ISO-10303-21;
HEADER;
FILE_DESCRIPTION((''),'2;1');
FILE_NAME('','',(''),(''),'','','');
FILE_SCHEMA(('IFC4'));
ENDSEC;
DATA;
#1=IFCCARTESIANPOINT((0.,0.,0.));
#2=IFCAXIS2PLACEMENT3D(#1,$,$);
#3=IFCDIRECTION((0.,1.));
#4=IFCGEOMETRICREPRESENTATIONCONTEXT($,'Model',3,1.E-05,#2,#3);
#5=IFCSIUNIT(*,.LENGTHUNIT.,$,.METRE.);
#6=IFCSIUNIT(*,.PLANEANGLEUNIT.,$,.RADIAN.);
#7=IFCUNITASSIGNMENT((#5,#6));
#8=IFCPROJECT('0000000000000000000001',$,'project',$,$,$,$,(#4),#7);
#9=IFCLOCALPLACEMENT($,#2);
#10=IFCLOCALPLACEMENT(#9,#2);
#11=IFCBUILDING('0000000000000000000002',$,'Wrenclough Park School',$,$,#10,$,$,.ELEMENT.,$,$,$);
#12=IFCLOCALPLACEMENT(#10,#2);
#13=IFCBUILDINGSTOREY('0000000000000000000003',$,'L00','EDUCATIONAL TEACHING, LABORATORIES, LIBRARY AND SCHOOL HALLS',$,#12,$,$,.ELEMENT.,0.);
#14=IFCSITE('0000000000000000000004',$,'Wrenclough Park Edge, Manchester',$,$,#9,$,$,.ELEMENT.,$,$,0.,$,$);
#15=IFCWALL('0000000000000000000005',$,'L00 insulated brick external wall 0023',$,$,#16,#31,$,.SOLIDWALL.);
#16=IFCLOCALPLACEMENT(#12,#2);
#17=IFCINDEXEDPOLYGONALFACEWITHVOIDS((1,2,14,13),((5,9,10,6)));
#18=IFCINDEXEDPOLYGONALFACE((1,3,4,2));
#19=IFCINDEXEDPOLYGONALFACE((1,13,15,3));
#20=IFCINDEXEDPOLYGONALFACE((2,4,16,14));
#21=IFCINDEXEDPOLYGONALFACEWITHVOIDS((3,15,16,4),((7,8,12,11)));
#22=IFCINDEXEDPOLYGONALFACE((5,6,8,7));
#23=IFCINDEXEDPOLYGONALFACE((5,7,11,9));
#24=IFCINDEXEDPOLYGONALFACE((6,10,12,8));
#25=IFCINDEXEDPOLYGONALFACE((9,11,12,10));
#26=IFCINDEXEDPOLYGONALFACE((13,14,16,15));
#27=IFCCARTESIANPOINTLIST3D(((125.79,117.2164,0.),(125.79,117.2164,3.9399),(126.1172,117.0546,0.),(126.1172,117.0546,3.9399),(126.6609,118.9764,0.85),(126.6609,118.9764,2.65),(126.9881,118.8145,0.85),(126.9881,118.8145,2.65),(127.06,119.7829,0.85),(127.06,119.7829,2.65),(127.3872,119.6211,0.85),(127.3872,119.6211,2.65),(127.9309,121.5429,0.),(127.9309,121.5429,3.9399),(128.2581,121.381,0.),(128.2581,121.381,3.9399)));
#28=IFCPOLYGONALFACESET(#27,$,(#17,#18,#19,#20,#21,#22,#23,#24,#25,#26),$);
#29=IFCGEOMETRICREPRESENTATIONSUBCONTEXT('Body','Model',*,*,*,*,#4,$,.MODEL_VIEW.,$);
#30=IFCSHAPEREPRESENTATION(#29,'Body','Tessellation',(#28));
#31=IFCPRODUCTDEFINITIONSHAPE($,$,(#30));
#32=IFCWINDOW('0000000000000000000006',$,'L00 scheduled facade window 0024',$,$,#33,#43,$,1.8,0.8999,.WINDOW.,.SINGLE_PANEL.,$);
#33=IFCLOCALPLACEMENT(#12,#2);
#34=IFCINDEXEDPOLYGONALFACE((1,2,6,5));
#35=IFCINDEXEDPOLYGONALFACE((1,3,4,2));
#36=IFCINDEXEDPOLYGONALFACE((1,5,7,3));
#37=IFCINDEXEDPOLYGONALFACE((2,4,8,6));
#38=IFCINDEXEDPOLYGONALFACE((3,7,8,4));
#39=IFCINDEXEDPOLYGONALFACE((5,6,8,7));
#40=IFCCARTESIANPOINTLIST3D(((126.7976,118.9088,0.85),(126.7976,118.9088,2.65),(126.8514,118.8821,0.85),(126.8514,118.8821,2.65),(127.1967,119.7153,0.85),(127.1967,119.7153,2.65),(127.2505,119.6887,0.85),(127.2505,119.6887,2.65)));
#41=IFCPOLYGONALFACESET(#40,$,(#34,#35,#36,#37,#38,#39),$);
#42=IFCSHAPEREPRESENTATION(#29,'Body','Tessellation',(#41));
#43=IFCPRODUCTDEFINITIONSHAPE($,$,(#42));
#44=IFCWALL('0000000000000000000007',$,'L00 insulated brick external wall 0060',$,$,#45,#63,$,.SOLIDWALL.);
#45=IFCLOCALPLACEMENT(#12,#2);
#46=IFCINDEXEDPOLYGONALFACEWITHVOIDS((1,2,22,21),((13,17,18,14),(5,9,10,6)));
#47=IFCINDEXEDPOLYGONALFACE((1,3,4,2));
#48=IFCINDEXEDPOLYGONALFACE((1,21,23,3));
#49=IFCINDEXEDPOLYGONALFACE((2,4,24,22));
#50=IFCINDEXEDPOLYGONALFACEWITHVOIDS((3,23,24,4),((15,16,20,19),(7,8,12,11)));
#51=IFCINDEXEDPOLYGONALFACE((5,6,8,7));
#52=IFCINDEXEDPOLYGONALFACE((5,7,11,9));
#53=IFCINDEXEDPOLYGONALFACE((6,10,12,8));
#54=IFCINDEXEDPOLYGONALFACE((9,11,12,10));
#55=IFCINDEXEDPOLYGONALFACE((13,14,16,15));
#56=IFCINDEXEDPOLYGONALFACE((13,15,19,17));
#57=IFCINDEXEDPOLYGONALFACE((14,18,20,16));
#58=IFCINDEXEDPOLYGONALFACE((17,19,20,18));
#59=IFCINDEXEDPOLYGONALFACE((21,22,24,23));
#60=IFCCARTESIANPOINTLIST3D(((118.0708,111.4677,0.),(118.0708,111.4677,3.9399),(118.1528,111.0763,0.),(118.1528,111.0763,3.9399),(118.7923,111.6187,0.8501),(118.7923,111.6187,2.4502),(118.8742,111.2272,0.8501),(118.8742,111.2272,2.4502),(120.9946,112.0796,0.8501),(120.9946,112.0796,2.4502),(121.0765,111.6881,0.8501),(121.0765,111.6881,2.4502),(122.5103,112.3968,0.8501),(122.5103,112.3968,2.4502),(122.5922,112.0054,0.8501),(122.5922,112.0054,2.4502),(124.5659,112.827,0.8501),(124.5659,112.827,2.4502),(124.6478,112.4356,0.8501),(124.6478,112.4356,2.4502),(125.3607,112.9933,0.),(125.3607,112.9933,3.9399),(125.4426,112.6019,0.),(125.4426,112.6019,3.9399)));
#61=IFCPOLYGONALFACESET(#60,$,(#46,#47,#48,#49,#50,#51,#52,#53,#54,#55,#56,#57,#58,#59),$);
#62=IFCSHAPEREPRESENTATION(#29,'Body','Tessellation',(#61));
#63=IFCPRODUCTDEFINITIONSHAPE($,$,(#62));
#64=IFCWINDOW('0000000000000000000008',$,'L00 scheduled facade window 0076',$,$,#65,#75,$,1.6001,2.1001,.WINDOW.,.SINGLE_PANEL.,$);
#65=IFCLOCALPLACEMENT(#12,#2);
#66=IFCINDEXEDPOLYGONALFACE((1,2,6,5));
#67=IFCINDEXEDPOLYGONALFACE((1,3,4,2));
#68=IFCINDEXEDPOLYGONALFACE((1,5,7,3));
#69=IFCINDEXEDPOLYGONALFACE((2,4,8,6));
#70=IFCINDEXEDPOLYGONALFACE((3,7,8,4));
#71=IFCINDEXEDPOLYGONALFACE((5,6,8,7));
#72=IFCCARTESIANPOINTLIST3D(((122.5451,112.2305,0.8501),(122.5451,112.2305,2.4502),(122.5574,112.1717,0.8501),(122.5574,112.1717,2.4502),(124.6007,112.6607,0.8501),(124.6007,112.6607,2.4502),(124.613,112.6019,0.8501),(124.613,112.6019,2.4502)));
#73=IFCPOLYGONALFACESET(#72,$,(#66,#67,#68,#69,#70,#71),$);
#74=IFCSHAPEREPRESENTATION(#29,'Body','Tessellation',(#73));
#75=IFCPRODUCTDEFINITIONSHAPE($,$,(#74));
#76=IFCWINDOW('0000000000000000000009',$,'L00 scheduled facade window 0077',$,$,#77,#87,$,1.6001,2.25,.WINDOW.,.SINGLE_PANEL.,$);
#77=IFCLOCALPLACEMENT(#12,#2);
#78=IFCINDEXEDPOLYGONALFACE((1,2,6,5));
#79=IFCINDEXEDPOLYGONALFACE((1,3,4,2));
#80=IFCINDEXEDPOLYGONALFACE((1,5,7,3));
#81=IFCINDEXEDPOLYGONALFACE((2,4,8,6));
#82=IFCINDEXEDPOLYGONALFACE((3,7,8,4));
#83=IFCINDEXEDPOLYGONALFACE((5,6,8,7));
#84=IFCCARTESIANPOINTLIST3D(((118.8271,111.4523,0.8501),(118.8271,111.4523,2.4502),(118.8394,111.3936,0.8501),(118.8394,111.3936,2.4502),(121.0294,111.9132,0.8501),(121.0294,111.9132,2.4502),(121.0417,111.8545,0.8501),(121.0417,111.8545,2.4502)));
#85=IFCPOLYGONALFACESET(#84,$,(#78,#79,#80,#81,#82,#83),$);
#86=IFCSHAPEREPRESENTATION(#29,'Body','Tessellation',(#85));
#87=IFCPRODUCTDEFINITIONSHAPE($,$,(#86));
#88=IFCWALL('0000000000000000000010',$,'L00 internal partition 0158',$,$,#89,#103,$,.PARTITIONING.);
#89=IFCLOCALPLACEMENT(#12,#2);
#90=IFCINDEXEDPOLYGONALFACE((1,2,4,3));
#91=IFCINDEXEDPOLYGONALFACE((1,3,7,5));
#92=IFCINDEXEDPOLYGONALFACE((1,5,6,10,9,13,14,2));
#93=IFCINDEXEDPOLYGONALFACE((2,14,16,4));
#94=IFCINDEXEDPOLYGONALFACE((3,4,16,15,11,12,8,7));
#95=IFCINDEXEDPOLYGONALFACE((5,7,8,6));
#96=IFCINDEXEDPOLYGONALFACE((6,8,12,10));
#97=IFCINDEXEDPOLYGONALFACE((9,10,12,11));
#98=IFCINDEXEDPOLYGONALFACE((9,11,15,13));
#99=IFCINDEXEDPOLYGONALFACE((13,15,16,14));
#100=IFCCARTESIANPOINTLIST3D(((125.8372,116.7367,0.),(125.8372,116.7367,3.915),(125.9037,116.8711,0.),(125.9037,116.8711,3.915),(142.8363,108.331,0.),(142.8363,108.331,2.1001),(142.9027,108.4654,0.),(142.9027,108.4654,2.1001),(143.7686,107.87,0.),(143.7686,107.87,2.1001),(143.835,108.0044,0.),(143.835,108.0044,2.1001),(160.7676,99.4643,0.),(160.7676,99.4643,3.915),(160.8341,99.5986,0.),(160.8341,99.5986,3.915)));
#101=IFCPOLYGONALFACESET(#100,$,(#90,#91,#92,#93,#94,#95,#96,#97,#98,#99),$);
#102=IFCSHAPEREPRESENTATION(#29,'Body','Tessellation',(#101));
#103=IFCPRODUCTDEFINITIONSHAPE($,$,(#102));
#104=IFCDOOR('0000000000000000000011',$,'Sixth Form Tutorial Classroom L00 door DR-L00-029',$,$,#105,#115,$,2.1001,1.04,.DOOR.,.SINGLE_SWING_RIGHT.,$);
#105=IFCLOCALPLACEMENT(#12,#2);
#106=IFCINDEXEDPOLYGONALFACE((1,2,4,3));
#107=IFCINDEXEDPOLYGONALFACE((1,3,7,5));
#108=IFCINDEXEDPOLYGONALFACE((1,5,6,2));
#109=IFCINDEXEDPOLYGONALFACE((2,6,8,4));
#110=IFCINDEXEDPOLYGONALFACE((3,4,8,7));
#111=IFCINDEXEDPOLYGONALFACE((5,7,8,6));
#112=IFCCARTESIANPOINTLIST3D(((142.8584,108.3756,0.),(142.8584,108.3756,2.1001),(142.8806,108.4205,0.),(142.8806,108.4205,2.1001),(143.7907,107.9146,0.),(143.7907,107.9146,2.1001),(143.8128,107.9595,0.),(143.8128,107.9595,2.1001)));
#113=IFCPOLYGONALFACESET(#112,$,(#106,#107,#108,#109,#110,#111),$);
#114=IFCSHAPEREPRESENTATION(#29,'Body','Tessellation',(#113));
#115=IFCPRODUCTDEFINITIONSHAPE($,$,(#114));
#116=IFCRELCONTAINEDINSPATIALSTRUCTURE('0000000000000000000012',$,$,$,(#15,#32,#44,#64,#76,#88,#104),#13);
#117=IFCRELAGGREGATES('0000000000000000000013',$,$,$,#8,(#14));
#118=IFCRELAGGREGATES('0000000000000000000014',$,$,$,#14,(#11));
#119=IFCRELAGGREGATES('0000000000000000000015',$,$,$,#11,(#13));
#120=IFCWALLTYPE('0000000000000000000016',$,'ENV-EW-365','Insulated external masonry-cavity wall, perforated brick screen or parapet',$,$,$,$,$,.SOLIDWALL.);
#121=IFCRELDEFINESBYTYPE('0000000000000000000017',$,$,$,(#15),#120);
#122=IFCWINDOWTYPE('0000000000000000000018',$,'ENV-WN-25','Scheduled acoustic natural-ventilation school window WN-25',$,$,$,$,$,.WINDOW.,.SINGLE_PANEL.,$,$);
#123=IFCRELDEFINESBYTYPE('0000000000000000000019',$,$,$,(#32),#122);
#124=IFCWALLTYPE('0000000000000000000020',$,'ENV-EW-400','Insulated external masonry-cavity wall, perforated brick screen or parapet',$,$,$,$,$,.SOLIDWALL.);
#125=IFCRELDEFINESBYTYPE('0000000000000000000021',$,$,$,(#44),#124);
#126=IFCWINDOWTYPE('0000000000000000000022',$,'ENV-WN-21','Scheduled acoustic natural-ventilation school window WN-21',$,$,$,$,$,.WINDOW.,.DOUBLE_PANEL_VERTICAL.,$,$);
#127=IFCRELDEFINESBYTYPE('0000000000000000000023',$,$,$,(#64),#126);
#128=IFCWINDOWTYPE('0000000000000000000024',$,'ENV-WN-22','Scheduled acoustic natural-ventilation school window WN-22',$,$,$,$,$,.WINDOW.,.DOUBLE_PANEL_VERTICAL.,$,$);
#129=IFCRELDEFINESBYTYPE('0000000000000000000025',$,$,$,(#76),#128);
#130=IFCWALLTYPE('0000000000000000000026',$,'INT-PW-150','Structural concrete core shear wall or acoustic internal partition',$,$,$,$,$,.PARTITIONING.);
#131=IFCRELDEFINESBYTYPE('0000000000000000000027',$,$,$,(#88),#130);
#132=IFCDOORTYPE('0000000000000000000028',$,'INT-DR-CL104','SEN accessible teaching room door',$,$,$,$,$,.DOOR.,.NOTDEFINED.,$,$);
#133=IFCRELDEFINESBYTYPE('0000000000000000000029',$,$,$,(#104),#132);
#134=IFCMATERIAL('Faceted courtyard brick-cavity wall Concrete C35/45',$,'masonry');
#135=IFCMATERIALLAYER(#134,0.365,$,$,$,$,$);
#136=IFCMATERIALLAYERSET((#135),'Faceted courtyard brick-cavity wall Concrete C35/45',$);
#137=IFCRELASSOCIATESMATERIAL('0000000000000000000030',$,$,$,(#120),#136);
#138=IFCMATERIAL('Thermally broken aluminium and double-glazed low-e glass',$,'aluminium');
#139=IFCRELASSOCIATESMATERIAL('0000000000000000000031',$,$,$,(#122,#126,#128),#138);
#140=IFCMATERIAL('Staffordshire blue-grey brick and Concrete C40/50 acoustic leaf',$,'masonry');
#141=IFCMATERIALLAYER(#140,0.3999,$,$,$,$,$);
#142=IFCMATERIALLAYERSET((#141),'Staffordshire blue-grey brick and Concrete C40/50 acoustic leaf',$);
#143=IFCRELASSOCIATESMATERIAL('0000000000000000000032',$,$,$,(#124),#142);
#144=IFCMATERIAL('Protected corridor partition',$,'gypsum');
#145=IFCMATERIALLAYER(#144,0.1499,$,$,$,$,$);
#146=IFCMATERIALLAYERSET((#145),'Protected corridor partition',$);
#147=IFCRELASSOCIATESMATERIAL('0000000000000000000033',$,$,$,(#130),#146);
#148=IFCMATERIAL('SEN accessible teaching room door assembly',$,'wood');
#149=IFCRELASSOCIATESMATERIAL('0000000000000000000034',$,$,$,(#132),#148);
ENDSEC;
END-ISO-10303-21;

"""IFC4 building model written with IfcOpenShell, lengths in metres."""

from ifc_helpers import new_model, si_unit, direction, frame, frame_2d, origin, place, context, subcontext, project, spatial, rectangle, extrude, material, layer, layer_set, type_object, element, fill, save


model = new_model("IFC4")

# Units and contexts
model_context = context("Model", 3, precision=1e-05, world=origin(), true_north=direction((0.0, 1.0)))
body_context = subcontext(model_context, "Body", "Model", "MODEL_VIEW")
ifc_project = project(units=[si_unit("LENGTHUNIT", "METRE"), si_unit("PLANEANGLEUNIT", "RADIAN")], contexts=[model_context])

# Site, building, storey
site_placement = place(None, origin())
site = spatial("IfcSite", under=ifc_project, at=site_placement, Name="Wrenclough Park Edge, Manchester", CompositionType="ELEMENT", RefElevation=0.0)
building_placement = place(site_placement, origin())
building = spatial("IfcBuilding", under=site, at=building_placement, Name="Wrenclough Park School", CompositionType="ELEMENT")
storey_placement = place(building_placement, origin())
storey = spatial("IfcBuildingStorey", under=building, at=storey_placement, Name="L00", Description="EDUCATIONAL TEACHING, LABORATORIES, LIBRARY AND SCHOOL HALLS", CompositionType="ELEMENT", Elevation=0.0)

# Wall, opening, window
ifc_material_1 = material(Name="Faceted courtyard brick-cavity wall Concrete C35/45", Category="masonry")
ifc_layer_1 = layer(ifc_material_1, 0.365)
ifc_layer_set_1 = layer_set([ifc_layer_1], Name="Faceted courtyard brick-cavity wall Concrete C35/45")
wall_type_1 = type_object("IfcWallType", Name="ENV-EW-365", Description="Insulated external masonry-cavity wall, perforated brick screen or parapet", PredefinedType="SOLIDWALL", material=ifc_layer_set_1)
wall_1_placement = place(storey_placement, frame((125.9536, 117.1355, 0.0), z_axis=(0.0, 0.0, 1.0), x_axis=(0.443508, 0.896271, 0.0)))
wall_1 = element("IfcWall", 1, at=wall_1_placement, inside=storey, type_object=wall_type_1, Name="L00 insulated brick external wall 0023", PredefinedType="SOLIDWALL", context=body_context, shape_type="SweptSolid", body=[
    extrude(rectangle(XDim=4.8271, YDim=0.365, at=frame_2d((2.4136, 0.0))), origin(), (0.0, 0.0, 1.0), 3.9399),
])
opening_1_placement = place(wall_1_placement, frame((1.9636, 0.0, 0.8501)))
opening_1 = element("IfcOpeningElement", 2, at=opening_1_placement, cuts=wall_1, PredefinedType="OPENING", context=body_context, shape_type="SweptSolid", body=[
    extrude(rectangle(XDim=0.8999, YDim=1.8, at=frame_2d((0.45, 0.8999))), frame((0.0, 0.1924, 0.0), z_axis=(0.0, -1.0, 0.0), x_axis=(1.0, 0.0, 0.0)), (0.0, 0.0, 1.0), 0.385),
])
ifc_material_2 = material(Name="Thermally broken aluminium and double-glazed low-e glass", Category="aluminium")
window_type_1 = type_object("IfcWindowType", Name="ENV-WN-25", Description="Scheduled acoustic natural-ventilation school window WN-25", PartitioningType="SINGLE_PANEL", PredefinedType="WINDOW", material=ifc_material_2)
window_1_placement = place(opening_1_placement, origin())
window_1 = element("IfcWindow", 3, at=window_1_placement, inside=storey, type_object=window_type_1, Name="L00 scheduled facade window 0024", OverallHeight=1.8, OverallWidth=0.8999, PartitioningType="SINGLE_PANEL", PredefinedType="WINDOW", context=body_context, shape_type="SweptSolid", body=[
    extrude(rectangle(XDim=0.8999, YDim=1.8, at=frame_2d((0.45, 0.8999))), frame((0.0, 0.03, 0.0), z_axis=(0.0, -1.0, 0.0), x_axis=(1.0, 0.0, 0.0)), (0.0, 0.0, 1.0), 0.0601),
])
fill(opening_1, window_1)

# Wall, openings, windows
ifc_material_3 = material(Name="Staffordshire blue-grey brick and Concrete C40/50 acoustic leaf", Category="masonry")
ifc_layer_2 = layer(ifc_material_3, 0.3999)
ifc_layer_set_2 = layer_set([ifc_layer_2], Name="Staffordshire blue-grey brick and Concrete C40/50 acoustic leaf")
wall_type_2 = type_object("IfcWallType", Name="ENV-EW-400", Description="Insulated external masonry-cavity wall, perforated brick screen or parapet", PredefinedType="SOLIDWALL", material=ifc_layer_set_2)
wall_2_placement = place(storey_placement, frame((125.4016, 112.7976, 0.0), z_axis=(0.0, 0.0, 1.0), x_axis=(-0.978794, -0.204846, 0.0)))
wall_2 = element("IfcWall", 4, at=wall_2_placement, inside=storey, type_object=wall_type_2, Name="L00 insulated brick external wall 0060", PredefinedType="SOLIDWALL", context=body_context, shape_type="SweptSolid", body=[
    extrude(rectangle(XDim=7.4478, YDim=0.3999, at=frame_2d((3.7239, 0.0))), origin(), (0.0, 0.0, 1.0), 3.9399),
])
opening_2_placement = place(wall_2_placement, frame((0.812, 0.0, 0.8501)))
opening_2 = element("IfcOpeningElement", 5, at=opening_2_placement, cuts=wall_2, PredefinedType="OPENING", context=body_context, shape_type="SweptSolid", body=[
    extrude(rectangle(XDim=2.1001, YDim=1.6001, at=frame_2d((1.05, 0.8))), frame((0.0, 0.21, 0.0), z_axis=(0.0, -1.0, 0.0), x_axis=(1.0, 0.0, 0.0)), (0.0, 0.0, 1.0), 0.4199),
])
opening_3_placement = place(wall_2_placement, frame((4.4607, 0.0, 0.8501)))
opening_3 = element("IfcOpeningElement", 6, at=opening_3_placement, cuts=wall_2, PredefinedType="OPENING", context=body_context, shape_type="SweptSolid", body=[
    extrude(rectangle(XDim=2.25, YDim=1.6001, at=frame_2d((1.125, 0.8))), frame((0.0, 0.21, 0.0), z_axis=(0.0, -1.0, 0.0), x_axis=(1.0, 0.0, 0.0)), (0.0, 0.0, 1.0), 0.4199),
])
window_type_2 = type_object("IfcWindowType", Name="ENV-WN-21", Description="Scheduled acoustic natural-ventilation school window WN-21", PartitioningType="DOUBLE_PANEL_VERTICAL", PredefinedType="WINDOW", material=ifc_material_2)
window_2_placement = place(opening_2_placement, origin())
window_2 = element("IfcWindow", 7, at=window_2_placement, inside=storey, type_object=window_type_2, Name="L00 scheduled facade window 0076", OverallHeight=1.6001, OverallWidth=2.1001, PartitioningType="SINGLE_PANEL", PredefinedType="WINDOW", context=body_context, shape_type="SweptSolid", body=[
    extrude(rectangle(XDim=2.1001, YDim=1.6001, at=frame_2d((1.05, 0.8))), frame((0.0, 0.03, 0.0), z_axis=(0.0, -1.0, 0.0), x_axis=(1.0, 0.0, 0.0)), (0.0, 0.0, 1.0), 0.0601),
])
fill(opening_2, window_2)
window_type_3 = type_object("IfcWindowType", Name="ENV-WN-22", Description="Scheduled acoustic natural-ventilation school window WN-22", PartitioningType="DOUBLE_PANEL_VERTICAL", PredefinedType="WINDOW", material=ifc_material_2)
window_3_placement = place(opening_3_placement, origin())
window_3 = element("IfcWindow", 8, at=window_3_placement, inside=storey, type_object=window_type_3, Name="L00 scheduled facade window 0077", OverallHeight=1.6001, OverallWidth=2.25, PartitioningType="SINGLE_PANEL", PredefinedType="WINDOW", context=body_context, shape_type="SweptSolid", body=[
    extrude(rectangle(XDim=2.25, YDim=1.6001, at=frame_2d((1.125, 0.8))), frame((0.0, 0.03, 0.0), z_axis=(0.0, -1.0, 0.0), x_axis=(1.0, 0.0, 0.0)), (0.0, 0.0, 1.0), 0.0601),
])
fill(opening_3, window_3)

# Wall, opening, door
ifc_material_4 = material(Name="Protected corridor partition", Category="gypsum")
ifc_layer_3 = layer(ifc_material_4, 0.1499)
ifc_layer_set_3 = layer_set([ifc_layer_3], Name="Protected corridor partition")
wall_type_3 = type_object("IfcWallType", Name="INT-PW-150", Description="Structural concrete core shear wall or acoustic internal partition", PredefinedType="PARTITIONING", material=ifc_layer_set_3)
wall_3_placement = place(storey_placement, frame((125.8704, 116.804, 0.0), z_axis=(0.0, 0.0, 1.0), x_axis=(0.896397, -0.443252, 0.0)))
wall_3 = element("IfcWall", 9, at=wall_3_placement, inside=storey, type_object=wall_type_3, Name="L00 internal partition 0158", PredefinedType="PARTITIONING", context=body_context, shape_type="SweptSolid", body=[
    extrude(rectangle(XDim=38.9675, YDim=0.1499, at=frame_2d((19.4839, 0.0))), origin(), (0.0, 0.0, 1.0), 3.915),
])
opening_4_placement = place(wall_3_placement, frame((18.9639, 0.0, 0.0)))
opening_4 = element("IfcOpeningElement", 10, at=opening_4_placement, cuts=wall_3, PredefinedType="OPENING", context=body_context, shape_type="SweptSolid", body=[
    extrude(rectangle(XDim=1.04, YDim=2.1001, at=frame_2d((0.52, 1.05))), frame((0.0, 0.085, 0.0), z_axis=(0.0, -1.0, 0.0), x_axis=(1.0, 0.0, 0.0)), (0.0, 0.0, 1.0), 0.1699),
])
ifc_material_5 = material(Name="SEN accessible teaching room door assembly", Category="wood")
door_type = type_object("IfcDoorType", Name="INT-DR-CL104", Description="SEN accessible teaching room door", OperationType="NOTDEFINED", PredefinedType="DOOR", material=ifc_material_5)
door_placement = place(opening_4_placement, origin())
door = element("IfcDoor", 11, at=door_placement, inside=storey, type_object=door_type, Name="Sixth Form Tutorial Classroom L00 door DR-L00-029", OperationType="SINGLE_SWING_RIGHT", OverallHeight=2.1001, OverallWidth=1.04, PredefinedType="DOOR", context=body_context, shape_type="SweptSolid", body=[
    extrude(rectangle(XDim=1.04, YDim=2.1001, at=frame_2d((0.52, 1.05))), frame((0.0, 0.0249, 0.0), z_axis=(0.0, -1.0, 0.0), x_axis=(1.0, 0.0, 0.0)), (0.0, 0.0, 1.0), 0.05),
])
fill(opening_4, door)

save(model, "model.ifc")
